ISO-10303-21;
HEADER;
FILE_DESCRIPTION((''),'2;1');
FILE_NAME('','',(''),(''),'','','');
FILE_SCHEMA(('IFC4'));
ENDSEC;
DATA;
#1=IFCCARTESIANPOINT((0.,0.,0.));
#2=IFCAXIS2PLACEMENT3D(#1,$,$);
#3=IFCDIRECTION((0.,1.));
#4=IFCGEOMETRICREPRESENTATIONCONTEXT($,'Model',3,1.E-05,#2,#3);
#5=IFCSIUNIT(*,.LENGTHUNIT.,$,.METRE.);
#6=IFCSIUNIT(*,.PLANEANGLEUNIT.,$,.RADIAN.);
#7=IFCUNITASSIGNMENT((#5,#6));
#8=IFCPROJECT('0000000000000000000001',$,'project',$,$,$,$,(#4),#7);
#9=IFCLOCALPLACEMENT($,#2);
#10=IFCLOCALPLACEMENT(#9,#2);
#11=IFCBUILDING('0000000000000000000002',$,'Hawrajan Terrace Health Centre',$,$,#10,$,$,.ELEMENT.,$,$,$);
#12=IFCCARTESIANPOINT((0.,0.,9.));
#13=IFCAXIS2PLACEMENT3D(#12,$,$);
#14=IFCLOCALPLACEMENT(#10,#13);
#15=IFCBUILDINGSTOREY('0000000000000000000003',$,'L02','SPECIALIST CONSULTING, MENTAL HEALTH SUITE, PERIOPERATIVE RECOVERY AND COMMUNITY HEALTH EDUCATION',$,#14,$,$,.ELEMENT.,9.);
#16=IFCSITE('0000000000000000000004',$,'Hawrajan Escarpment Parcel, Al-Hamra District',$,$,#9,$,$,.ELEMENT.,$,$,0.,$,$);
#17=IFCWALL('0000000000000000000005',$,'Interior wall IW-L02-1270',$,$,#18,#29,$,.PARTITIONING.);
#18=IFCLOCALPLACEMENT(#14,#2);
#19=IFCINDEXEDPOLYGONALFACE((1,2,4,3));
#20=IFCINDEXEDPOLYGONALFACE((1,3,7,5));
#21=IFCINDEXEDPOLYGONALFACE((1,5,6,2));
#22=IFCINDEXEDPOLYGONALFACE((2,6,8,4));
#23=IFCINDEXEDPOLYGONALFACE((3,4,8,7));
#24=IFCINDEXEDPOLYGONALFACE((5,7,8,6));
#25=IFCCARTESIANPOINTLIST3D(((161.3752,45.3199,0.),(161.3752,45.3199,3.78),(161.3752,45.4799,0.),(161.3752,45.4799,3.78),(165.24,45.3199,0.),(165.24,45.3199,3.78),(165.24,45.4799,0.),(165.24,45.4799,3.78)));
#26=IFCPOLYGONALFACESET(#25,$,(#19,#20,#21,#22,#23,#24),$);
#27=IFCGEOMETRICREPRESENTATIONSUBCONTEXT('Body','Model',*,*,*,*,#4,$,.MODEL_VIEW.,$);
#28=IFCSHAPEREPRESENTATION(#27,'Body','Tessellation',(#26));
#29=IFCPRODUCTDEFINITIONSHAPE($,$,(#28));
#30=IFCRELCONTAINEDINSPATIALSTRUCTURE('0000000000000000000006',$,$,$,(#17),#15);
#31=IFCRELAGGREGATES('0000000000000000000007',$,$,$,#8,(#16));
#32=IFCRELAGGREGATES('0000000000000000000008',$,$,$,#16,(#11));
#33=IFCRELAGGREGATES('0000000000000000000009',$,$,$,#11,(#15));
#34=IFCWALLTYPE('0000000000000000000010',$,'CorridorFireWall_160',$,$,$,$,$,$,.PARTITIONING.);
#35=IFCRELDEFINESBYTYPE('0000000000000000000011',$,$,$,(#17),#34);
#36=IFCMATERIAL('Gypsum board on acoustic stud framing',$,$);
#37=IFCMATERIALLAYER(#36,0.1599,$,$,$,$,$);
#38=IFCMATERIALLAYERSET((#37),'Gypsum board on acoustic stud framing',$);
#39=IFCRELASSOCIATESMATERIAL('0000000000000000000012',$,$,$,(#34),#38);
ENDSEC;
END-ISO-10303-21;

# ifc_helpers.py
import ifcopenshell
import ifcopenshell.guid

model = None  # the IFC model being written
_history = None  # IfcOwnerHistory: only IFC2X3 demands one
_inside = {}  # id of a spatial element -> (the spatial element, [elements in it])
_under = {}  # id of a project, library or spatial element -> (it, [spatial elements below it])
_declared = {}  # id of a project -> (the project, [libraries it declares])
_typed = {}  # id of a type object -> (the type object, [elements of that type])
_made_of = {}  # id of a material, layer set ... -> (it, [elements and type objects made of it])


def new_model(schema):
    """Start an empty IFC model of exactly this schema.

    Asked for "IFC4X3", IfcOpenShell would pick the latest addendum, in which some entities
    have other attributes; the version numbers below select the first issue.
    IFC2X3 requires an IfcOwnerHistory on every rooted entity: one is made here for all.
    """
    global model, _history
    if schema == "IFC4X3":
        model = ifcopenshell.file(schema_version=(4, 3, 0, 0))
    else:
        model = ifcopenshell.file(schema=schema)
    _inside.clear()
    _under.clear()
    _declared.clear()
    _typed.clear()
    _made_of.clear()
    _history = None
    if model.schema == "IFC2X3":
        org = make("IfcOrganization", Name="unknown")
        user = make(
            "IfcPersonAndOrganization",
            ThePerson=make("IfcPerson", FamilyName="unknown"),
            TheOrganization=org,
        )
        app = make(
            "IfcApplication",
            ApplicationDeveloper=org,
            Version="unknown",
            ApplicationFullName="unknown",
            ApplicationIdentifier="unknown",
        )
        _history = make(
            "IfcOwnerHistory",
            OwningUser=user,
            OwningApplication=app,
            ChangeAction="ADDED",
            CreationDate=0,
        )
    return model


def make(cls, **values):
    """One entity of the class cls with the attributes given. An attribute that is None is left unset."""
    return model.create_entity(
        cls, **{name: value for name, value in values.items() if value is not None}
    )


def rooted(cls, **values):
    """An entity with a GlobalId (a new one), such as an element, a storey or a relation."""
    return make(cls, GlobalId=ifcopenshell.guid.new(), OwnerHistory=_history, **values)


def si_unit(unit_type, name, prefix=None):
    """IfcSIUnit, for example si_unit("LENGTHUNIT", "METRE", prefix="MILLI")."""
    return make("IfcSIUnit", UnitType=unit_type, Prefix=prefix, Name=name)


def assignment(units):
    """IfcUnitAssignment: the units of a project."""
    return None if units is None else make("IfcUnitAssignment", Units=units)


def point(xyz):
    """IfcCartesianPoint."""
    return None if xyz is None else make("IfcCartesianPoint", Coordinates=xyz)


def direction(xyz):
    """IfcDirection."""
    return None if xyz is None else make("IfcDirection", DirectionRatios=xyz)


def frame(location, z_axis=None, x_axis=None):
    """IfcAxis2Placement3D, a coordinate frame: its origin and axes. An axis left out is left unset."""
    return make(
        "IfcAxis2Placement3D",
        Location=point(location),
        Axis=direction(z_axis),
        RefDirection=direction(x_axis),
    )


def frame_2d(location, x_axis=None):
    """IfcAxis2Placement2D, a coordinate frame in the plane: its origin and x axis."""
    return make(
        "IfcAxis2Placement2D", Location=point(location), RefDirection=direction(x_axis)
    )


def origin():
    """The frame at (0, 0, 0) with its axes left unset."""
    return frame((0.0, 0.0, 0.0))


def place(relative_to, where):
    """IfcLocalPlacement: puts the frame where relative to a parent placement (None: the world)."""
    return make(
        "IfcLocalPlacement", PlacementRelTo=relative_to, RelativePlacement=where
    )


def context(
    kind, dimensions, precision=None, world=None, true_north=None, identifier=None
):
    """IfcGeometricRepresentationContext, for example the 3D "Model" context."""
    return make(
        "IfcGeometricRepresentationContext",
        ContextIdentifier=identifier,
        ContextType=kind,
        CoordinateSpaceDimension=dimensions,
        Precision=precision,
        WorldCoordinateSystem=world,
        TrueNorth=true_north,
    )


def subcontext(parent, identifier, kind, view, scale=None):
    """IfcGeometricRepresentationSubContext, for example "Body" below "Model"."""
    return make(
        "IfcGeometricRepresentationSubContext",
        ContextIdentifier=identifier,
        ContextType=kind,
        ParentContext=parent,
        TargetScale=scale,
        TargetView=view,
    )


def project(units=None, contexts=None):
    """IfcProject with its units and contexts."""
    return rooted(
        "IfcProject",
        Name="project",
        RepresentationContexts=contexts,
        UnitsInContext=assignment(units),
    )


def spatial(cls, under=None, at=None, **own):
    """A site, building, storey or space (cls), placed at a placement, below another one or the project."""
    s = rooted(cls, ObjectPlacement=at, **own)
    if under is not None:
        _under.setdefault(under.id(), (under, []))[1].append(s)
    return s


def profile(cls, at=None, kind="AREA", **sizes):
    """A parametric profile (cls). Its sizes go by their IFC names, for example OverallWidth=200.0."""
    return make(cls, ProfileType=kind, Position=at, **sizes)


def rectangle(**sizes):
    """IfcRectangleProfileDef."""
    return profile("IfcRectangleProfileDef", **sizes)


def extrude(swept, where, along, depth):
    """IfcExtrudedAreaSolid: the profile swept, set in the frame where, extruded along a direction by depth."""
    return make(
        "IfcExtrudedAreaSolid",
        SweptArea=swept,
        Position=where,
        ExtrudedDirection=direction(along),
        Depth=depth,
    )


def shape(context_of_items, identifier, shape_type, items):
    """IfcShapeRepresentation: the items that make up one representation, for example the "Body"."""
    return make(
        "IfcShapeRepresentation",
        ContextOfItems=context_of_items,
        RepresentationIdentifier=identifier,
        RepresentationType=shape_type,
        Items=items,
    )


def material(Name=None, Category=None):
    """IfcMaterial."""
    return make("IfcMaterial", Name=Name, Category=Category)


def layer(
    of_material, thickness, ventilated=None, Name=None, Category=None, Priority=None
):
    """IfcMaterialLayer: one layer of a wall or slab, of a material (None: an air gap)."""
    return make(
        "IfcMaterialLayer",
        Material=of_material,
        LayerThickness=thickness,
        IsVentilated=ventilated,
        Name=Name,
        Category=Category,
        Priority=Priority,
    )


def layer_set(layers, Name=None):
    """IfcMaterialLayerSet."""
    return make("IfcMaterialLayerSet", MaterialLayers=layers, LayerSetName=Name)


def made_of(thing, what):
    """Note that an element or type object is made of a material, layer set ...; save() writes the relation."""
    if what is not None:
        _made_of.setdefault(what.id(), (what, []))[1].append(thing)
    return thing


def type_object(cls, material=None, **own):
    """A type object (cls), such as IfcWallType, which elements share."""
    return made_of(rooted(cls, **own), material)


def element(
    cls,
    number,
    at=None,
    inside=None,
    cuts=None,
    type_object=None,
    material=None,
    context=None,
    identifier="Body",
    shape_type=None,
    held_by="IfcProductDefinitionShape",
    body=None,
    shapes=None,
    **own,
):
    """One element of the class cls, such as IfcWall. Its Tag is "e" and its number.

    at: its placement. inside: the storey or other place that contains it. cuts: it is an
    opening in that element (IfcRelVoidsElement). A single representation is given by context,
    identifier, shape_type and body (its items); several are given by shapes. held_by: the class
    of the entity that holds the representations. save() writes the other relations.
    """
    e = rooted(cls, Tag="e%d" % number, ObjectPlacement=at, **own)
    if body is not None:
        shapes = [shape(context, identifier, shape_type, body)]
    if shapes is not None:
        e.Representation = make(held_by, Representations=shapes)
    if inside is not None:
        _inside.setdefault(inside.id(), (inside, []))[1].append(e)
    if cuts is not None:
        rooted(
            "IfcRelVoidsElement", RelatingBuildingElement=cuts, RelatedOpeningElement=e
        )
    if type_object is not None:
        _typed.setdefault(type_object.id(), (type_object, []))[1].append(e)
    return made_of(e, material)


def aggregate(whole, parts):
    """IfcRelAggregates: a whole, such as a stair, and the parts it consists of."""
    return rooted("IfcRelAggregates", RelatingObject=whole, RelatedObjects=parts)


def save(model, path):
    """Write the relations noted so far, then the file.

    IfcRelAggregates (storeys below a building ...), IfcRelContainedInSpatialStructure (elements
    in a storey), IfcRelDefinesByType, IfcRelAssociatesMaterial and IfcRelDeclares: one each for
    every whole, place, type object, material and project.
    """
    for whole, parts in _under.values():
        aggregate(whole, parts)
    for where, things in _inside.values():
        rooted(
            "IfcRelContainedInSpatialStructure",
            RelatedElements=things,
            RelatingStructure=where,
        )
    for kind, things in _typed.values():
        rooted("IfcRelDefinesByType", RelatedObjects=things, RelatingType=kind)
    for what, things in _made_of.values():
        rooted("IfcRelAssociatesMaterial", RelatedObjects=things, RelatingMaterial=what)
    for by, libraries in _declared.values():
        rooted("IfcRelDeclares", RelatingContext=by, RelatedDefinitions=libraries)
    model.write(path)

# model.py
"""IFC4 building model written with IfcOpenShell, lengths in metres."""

from ifc_helpers import new_model, si_unit, direction, frame, frame_2d, origin, place, context, subcontext, project, spatial, rectangle, extrude, material, layer, layer_set, type_object, element, save


model = new_model("IFC4")

# Units and contexts
model_context = context("Model", 3, precision=1e-05, world=origin(), true_north=direction((0.0, 1.0)))
body_context = subcontext(model_context, "Body", "Model", "MODEL_VIEW")
ifc_project = project(units=[si_unit("LENGTHUNIT", "METRE"), si_unit("PLANEANGLEUNIT", "RADIAN")], contexts=[model_context])

# Site, building, storey
site_placement = place(None, origin())
site = spatial("IfcSite", under=ifc_project, at=site_placement, Name="Hawrajan Escarpment Parcel, Al-Hamra District", CompositionType="ELEMENT", RefElevation=0.0)
building_placement = place(site_placement, origin())
building = spatial("IfcBuilding", under=site, at=building_placement, Name="Hawrajan Terrace Health Centre", CompositionType="ELEMENT")
storey_placement = place(building_placement, frame((0.0, 0.0, 9.0)))
storey = spatial("IfcBuildingStorey", under=building, at=storey_placement, Name="L02", Description="SPECIALIST CONSULTING, MENTAL HEALTH SUITE, PERIOPERATIVE RECOVERY AND COMMUNITY HEALTH EDUCATION", CompositionType="ELEMENT", Elevation=9.0)

# Shared definitions
ifc_material_1 = material(Name="Gypsum board on acoustic stud framing")

# Wall
ifc_layer_1 = layer(ifc_material_1, 0.1599)
ifc_layer_set_1 = layer_set([ifc_layer_1], Name="Gypsum board on acoustic stud framing")
wall_type_1 = type_object("IfcWallType", Name="CorridorFireWall_160", PredefinedType="PARTITIONING", material=ifc_layer_set_1)
wall_1_placement = place(storey_placement, frame((165.24, 45.3999, 0.0), z_axis=(0.0, 0.0, 1.0), x_axis=(-1.0, 0.0, 0.0)))
element("IfcWall", 1, at=wall_1_placement, inside=storey, type_object=wall_type_1, Name="Interior wall IW-L02-1270", PredefinedType="PARTITIONING", context=body_context, shape_type="SweptSolid", body=[
    extrude(rectangle(XDim=3.8647, YDim=0.1599, at=frame_2d((1.9324, 0.0))), origin(), (0.0, 0.0, 1.0), 3.78),
])

save(model, "model.ifc")
